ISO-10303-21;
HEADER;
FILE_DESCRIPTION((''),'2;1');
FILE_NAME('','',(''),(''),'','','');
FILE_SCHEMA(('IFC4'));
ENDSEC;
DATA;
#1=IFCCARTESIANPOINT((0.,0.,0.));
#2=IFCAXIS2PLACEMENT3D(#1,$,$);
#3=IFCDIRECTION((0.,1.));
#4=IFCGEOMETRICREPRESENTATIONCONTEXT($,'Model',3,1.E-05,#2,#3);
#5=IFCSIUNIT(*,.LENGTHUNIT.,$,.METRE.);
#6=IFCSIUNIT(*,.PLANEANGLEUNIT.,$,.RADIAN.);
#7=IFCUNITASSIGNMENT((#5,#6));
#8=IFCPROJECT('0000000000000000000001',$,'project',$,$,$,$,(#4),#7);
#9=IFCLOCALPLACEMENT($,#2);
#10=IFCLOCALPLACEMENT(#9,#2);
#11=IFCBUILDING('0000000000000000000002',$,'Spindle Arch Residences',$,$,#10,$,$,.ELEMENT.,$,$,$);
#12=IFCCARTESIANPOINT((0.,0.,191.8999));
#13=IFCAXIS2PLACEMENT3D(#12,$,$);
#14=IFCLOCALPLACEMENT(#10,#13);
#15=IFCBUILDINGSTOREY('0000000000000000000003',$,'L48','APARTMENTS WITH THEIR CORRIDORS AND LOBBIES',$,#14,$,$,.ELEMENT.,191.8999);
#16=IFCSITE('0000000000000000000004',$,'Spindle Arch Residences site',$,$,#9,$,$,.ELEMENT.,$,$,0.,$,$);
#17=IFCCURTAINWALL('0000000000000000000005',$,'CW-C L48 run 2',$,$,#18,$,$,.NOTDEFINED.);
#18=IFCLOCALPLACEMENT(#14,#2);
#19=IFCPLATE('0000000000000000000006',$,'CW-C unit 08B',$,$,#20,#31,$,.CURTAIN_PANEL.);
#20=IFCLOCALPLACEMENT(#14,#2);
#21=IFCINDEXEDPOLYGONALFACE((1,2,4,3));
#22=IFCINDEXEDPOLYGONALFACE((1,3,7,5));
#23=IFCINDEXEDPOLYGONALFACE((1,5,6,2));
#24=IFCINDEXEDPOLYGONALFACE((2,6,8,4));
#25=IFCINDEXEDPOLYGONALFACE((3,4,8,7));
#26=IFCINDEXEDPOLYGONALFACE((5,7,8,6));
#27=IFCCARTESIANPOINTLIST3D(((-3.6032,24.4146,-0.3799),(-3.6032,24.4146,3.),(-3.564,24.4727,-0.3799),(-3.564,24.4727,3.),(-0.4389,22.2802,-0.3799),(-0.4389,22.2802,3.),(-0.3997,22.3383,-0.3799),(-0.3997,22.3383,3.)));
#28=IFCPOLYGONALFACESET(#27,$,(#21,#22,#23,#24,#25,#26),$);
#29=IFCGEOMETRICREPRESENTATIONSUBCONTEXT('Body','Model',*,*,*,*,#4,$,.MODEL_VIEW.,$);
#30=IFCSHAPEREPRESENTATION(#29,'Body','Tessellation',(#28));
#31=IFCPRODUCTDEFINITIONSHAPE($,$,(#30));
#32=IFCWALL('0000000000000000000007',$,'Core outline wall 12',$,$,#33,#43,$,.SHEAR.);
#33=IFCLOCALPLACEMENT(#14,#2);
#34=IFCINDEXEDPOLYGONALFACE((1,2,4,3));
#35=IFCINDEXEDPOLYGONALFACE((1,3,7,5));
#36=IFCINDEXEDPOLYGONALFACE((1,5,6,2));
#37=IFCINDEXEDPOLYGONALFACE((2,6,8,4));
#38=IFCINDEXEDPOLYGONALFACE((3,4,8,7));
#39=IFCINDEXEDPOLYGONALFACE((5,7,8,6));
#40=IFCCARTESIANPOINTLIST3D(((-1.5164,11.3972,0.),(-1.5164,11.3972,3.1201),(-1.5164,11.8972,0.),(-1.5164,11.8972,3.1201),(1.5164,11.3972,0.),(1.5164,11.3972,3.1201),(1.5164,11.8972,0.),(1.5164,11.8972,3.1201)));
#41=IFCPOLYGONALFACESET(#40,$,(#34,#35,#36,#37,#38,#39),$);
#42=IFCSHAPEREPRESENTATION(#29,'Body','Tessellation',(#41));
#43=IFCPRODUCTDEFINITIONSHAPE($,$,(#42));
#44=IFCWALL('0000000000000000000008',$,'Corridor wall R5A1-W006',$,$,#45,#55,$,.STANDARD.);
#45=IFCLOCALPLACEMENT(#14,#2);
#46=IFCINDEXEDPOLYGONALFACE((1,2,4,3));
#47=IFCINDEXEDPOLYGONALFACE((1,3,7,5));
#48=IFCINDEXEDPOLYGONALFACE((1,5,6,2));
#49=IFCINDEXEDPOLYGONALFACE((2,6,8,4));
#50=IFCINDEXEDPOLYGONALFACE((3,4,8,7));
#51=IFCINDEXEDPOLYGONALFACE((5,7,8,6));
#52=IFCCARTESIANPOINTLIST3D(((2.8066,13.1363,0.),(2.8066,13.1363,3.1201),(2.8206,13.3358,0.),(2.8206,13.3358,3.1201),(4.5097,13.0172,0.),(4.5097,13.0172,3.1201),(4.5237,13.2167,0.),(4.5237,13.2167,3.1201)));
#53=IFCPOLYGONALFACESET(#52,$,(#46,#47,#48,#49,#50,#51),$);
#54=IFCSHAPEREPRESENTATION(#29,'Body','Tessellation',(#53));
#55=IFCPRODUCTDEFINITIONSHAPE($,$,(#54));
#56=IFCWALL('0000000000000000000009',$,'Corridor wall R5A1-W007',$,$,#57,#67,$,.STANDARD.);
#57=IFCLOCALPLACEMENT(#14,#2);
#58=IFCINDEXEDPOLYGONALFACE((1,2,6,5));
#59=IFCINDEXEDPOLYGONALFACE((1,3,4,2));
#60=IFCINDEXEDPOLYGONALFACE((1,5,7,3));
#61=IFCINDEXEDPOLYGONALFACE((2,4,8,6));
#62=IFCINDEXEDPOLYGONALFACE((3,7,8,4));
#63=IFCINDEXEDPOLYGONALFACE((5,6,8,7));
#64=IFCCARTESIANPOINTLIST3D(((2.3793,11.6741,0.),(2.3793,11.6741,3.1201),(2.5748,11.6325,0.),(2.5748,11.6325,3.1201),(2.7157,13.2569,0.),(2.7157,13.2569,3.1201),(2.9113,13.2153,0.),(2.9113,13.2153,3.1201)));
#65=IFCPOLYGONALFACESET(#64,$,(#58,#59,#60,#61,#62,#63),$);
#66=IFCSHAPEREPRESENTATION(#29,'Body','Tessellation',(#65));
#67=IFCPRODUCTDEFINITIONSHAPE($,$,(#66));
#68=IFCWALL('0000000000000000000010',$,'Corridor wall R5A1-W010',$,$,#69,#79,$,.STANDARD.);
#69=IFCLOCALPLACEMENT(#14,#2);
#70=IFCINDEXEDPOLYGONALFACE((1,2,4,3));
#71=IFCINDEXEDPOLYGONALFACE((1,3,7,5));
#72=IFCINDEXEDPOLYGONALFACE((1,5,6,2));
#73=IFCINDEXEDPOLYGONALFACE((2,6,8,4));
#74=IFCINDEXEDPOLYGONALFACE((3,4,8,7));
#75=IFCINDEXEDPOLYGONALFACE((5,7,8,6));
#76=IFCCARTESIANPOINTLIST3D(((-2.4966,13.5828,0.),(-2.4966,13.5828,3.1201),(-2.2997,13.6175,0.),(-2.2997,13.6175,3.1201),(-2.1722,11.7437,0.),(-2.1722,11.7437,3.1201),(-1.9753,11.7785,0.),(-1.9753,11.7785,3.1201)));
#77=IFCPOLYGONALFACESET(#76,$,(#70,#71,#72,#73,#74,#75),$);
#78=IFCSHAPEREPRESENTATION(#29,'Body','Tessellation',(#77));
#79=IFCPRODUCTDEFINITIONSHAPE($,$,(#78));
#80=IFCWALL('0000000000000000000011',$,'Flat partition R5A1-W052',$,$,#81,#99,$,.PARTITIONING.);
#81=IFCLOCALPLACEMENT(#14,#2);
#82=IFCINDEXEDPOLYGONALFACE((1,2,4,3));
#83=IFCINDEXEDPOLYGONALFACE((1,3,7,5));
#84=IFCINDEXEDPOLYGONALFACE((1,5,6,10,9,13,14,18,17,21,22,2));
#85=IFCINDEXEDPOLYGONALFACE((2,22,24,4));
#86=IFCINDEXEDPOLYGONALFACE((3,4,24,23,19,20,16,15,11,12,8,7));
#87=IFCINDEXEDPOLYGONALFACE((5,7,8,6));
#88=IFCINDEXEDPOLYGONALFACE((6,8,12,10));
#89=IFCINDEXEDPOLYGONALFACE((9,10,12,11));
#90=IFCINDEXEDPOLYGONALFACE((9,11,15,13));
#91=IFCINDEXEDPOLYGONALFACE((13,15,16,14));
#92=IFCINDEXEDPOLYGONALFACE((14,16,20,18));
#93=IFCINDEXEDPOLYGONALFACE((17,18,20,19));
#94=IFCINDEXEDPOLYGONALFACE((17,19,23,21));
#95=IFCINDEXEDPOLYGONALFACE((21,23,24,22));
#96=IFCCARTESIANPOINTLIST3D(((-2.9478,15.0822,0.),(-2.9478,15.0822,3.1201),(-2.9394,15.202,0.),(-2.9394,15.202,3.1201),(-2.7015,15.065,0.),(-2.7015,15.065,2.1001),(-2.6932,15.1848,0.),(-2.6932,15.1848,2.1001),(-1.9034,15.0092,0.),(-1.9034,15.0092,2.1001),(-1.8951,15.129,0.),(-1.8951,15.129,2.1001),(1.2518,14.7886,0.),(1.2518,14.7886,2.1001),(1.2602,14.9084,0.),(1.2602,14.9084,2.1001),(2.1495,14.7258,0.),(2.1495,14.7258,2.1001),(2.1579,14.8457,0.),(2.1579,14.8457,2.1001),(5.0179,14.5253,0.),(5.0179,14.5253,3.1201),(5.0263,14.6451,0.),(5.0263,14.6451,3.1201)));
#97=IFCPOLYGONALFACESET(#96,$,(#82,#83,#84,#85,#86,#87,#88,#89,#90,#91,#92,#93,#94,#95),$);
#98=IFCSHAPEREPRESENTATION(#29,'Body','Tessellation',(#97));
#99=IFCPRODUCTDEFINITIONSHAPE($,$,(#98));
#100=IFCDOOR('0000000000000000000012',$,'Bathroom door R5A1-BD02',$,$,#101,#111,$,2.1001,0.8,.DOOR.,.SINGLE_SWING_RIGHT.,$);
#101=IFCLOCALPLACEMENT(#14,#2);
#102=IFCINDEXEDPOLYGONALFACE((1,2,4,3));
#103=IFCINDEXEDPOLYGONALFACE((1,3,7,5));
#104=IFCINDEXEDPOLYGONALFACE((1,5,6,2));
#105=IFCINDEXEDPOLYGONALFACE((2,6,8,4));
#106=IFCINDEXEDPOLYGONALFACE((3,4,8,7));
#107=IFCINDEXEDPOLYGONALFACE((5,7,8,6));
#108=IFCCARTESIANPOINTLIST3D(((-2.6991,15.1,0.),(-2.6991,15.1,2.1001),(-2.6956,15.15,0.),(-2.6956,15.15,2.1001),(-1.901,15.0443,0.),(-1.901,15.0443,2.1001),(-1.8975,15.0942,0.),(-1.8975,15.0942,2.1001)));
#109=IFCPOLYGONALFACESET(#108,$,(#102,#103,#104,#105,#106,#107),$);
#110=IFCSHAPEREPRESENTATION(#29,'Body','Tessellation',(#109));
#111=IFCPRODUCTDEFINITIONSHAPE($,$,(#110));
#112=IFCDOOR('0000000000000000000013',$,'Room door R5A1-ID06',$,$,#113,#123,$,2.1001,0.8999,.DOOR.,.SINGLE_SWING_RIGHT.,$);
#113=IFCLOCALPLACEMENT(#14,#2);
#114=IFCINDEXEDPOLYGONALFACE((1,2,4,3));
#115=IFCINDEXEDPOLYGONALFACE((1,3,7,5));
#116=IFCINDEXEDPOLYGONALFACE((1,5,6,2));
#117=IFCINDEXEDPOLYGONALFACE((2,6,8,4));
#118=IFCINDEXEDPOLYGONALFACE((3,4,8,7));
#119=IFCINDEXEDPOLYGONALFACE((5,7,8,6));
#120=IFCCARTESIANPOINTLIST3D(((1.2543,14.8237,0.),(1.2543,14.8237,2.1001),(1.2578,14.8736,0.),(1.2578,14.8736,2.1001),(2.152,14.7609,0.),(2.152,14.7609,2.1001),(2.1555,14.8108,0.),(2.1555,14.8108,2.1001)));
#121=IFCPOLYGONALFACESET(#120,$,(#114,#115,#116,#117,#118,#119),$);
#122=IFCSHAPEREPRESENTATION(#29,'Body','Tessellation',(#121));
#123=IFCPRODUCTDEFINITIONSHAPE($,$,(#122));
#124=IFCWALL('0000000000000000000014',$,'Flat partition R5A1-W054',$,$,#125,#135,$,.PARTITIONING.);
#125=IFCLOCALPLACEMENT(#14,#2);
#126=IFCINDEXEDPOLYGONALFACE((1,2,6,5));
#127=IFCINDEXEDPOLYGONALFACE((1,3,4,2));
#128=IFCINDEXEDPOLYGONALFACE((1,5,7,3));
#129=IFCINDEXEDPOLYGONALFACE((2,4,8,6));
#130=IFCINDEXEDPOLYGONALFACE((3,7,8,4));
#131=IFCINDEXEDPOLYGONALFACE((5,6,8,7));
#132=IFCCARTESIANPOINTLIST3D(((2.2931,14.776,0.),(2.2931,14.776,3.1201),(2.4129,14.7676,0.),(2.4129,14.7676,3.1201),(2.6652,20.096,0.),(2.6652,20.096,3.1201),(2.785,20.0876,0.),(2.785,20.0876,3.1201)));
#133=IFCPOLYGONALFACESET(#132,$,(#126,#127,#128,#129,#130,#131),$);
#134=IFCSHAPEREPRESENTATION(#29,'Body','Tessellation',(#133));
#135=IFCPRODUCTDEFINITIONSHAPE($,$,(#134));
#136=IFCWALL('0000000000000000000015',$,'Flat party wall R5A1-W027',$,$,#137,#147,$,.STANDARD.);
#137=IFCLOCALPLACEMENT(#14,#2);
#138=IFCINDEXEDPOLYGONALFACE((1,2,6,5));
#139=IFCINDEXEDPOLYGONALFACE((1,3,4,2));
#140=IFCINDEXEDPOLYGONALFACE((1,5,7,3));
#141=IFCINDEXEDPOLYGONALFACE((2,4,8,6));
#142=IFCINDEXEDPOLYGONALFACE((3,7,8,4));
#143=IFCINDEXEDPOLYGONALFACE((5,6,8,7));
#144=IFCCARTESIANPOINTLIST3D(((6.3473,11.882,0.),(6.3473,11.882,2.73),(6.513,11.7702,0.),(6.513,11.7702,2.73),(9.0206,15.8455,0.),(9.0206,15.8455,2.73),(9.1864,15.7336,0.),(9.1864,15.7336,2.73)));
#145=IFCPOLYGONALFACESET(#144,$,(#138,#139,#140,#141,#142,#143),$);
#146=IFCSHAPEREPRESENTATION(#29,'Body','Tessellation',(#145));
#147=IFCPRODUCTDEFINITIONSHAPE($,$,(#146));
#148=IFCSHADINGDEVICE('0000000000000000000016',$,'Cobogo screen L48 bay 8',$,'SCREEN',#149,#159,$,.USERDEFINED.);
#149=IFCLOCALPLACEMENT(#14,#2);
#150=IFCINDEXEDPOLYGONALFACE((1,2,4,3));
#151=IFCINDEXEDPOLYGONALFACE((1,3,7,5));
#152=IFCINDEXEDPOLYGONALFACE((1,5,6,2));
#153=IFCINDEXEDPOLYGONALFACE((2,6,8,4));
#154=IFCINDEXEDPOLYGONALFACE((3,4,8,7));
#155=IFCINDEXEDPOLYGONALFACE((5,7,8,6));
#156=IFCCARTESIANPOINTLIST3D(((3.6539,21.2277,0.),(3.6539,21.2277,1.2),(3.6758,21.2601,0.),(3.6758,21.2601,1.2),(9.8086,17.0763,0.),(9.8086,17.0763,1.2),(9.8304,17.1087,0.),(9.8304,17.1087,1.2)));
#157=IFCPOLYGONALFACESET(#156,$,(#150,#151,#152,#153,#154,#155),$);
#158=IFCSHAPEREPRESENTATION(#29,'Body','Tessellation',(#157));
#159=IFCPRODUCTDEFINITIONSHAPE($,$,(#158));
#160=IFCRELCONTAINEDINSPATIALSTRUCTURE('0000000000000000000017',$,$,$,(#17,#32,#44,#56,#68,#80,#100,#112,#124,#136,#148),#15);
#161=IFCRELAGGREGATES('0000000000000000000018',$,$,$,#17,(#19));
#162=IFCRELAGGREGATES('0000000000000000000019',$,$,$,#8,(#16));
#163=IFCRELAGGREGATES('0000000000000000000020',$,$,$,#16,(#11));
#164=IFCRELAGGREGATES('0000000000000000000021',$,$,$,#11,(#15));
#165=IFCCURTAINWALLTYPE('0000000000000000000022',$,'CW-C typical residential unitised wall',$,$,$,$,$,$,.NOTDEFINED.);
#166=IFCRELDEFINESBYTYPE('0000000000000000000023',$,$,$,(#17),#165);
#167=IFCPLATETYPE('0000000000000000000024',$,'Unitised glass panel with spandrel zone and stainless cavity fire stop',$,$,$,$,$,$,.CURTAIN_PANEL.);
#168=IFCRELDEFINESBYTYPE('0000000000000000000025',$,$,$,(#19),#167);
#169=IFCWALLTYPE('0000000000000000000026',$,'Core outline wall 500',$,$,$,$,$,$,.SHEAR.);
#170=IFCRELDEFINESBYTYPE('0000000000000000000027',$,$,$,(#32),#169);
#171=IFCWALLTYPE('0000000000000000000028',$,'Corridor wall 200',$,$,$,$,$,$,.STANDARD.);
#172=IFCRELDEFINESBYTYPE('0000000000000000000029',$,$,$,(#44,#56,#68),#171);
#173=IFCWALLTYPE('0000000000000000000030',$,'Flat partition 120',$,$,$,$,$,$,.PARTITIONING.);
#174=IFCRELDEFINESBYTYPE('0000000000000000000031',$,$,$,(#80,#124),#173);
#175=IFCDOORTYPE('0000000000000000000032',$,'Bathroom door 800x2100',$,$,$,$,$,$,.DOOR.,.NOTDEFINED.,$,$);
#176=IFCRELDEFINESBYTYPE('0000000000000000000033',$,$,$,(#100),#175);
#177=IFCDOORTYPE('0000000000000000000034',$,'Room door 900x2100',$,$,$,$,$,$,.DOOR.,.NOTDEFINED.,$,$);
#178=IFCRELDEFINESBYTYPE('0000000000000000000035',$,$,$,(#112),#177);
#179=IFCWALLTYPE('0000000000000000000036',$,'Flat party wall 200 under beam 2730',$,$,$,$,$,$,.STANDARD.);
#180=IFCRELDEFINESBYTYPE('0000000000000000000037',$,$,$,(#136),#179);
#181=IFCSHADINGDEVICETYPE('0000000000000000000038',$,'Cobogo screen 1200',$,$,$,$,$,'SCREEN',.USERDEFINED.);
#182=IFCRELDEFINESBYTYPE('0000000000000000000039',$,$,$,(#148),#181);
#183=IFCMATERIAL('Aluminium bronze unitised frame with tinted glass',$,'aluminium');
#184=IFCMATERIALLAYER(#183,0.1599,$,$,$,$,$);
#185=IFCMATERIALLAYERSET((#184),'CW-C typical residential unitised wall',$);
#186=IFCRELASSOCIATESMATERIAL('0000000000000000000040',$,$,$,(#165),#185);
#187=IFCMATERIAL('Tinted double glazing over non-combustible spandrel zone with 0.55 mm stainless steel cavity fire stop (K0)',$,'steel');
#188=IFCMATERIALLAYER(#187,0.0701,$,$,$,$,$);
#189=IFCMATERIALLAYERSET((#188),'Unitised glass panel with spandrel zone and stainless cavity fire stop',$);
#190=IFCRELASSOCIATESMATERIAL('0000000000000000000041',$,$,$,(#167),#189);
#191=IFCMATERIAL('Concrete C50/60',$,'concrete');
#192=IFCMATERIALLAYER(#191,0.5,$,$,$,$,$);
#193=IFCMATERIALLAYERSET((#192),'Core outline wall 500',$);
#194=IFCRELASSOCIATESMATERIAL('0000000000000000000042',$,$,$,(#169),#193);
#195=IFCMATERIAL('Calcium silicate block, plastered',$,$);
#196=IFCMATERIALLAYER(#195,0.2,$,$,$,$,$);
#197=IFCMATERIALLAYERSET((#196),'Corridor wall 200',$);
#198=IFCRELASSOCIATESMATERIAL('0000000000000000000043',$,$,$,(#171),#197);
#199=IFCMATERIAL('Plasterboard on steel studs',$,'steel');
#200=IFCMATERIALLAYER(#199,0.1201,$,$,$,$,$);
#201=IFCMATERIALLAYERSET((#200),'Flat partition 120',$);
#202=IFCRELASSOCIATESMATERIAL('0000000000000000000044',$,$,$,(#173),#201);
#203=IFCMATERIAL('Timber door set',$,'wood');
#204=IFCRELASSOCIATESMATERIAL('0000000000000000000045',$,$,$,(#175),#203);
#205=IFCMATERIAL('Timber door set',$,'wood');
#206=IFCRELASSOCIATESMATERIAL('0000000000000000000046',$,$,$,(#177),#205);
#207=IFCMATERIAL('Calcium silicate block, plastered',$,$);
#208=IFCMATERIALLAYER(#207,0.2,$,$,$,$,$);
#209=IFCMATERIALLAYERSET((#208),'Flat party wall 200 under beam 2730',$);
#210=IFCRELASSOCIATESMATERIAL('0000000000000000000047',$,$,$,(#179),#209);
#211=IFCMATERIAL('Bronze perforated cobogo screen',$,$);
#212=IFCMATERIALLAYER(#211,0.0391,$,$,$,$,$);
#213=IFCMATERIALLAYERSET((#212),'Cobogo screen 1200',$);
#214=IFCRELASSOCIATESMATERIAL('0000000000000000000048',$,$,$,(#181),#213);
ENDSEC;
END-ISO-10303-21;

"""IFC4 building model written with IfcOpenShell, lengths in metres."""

from ifc_helpers import new_model, si_unit, direction, frame, frame_2d, origin, origin_2d, place, context, subcontext, project, spatial, rectangle, extrude, material, layer, layer_set, type_object, element, fill, aggregate, save


model = new_model("IFC4")

# Units and contexts
model_context = context("Model", 3, precision=1e-05, world=origin(), true_north=direction((0.0, 1.0)))
body_context = subcontext(model_context, "Body", "Model", "MODEL_VIEW")
ifc_project = project(units=[si_unit("LENGTHUNIT", "METRE"), si_unit("PLANEANGLEUNIT", "RADIAN")], contexts=[model_context])

# Site, building, storey
site_placement = place(None, origin())
site = spatial("IfcSite", under=ifc_project, at=site_placement, Name="Spindle Arch Residences site", CompositionType="ELEMENT", RefElevation=0.0)
building_placement = place(site_placement, origin())
building = spatial("IfcBuilding", under=site, at=building_placement, Name="Spindle Arch Residences", CompositionType="ELEMENT")
storey_placement = place(building_placement, frame((0.0, 0.0, 191.8999)))
storey = spatial("IfcBuildingStorey", under=building, at=storey_placement, Name="L48", Description="APARTMENTS WITH THEIR CORRIDORS AND LOBBIES", CompositionType="ELEMENT", Elevation=191.8999)

# Curtain wall
ifc_material_1 = material(Name="Aluminium bronze unitised frame with tinted glass", Category="aluminium")
ifc_layer_1 = layer(ifc_material_1, 0.1599)
ifc_layer_set_1 = layer_set([ifc_layer_1], Name="CW-C typical residential unitised wall")
curtain_wall_type = type_object("IfcCurtainWallType", Name="CW-C typical residential unitised wall", PredefinedType="NOTDEFINED", material=ifc_layer_set_1)
curtain_wall_placement = place(storey_placement, origin())
curtain_wall = element("IfcCurtainWall", 1, at=curtain_wall_placement, inside=storey, type_object=curtain_wall_type, Name="CW-C L48 run 2", PredefinedType="NOTDEFINED")

# Plate
ifc_material_2 = material(Name="Tinted double glazing over non-combustible spandrel zone with 0.55 mm stainless steel cavity fire stop (K0)", Category="steel")
ifc_layer_2 = layer(ifc_material_2, 0.0701)
ifc_layer_set_2 = layer_set([ifc_layer_2], Name="Unitised glass panel with spandrel zone and stainless cavity fire stop")
plate_type = type_object("IfcPlateType", Name="Unitised glass panel with spandrel zone and stainless cavity fire stop", PredefinedType="CURTAIN_PANEL", material=ifc_layer_set_2)
plate_1_placement = place(storey_placement, frame((-2.0015, 23.3765, -0.3799), z_axis=(0.0, 0.0, 1.0), x_axis=(-0.829038, 0.559193, 0.0)))
plate_1 = element("IfcPlate", 2, at=plate_1_placement, type_object=plate_type, Name="CW-C unit 08B", PredefinedType="CURTAIN_PANEL", context=body_context, shape_type="SweptSolid", body=[
    extrude(rectangle(XDim=3.8169, YDim=0.0701, at=origin_2d()), origin(), (0.0, 0.0, 1.0), 3.3799),
])
aggregate(curtain_wall, [plate_1])

# Walls
ifc_material_3 = material(Name="Concrete C50/60", Category="concrete")
ifc_layer_3 = layer(ifc_material_3, 0.5)
ifc_layer_set_3 = layer_set([ifc_layer_3], Name="Core outline wall 500")
wall_type_1 = type_object("IfcWallType", Name="Core outline wall 500", PredefinedType="SHEAR", material=ifc_layer_set_3)
wall_1_placement = place(storey_placement, frame((1.5164, 11.6472, 0.0), z_axis=(0.0, 0.0, 1.0), x_axis=(-1.0, 0.0, 0.0)))
element("IfcWall", 3, at=wall_1_placement, inside=storey, type_object=wall_type_1, Name="Core outline wall 12", PredefinedType="SHEAR", context=body_context, shape_type="SweptSolid", body=[
    extrude(rectangle(XDim=3.0327, YDim=0.5, at=frame_2d((1.5164, 0.0))), origin(), (0.0, 0.0, 1.0), 3.1201),
])
ifc_material_4 = material(Name="Calcium silicate block, plastered")
ifc_layer_4 = layer(ifc_material_4, 0.2)
ifc_layer_set_4 = layer_set([ifc_layer_4], Name="Corridor wall 200")
wall_type_2 = type_object("IfcWallType", Name="Corridor wall 200", PredefinedType="STANDARD", material=ifc_layer_set_4)
wall_2_placement = place(storey_placement, frame((4.5166, 13.1169, 0.0), z_axis=(0.0, 0.0, 1.0), x_axis=(-0.997562, 0.069784, 0.0)))
element("IfcWall", 4, at=wall_2_placement, inside=storey, type_object=wall_type_2, Name="Corridor wall R5A1-W006", PredefinedType="STANDARD", context=body_context, shape_type="SweptSolid", body=[
    extrude(rectangle(XDim=1.7073, YDim=0.2, at=frame_2d((0.8535, 0.0))), origin(), (0.0, 0.0, 1.0), 3.1201),
])
wall_3_placement = place(storey_placement, frame((2.8135, 13.2361, 0.0), z_axis=(0.0, 0.0, 1.0), x_axis=(-0.207911, -0.978148, 0.0)))
element("IfcWall", 5, at=wall_3_placement, inside=storey, type_object=wall_type_2, Name="Corridor wall R5A1-W007", PredefinedType="STANDARD", context=body_context, shape_type="SweptSolid", body=[
    extrude(rectangle(XDim=1.6182, YDim=0.2, at=frame_2d((0.8091, 0.0))), origin(), (0.0, 0.0, 1.0), 3.1201),
])
wall_4_placement = place(storey_placement, frame((-2.0737, 11.7612, 0.0), z_axis=(0.0, 0.0, 1.0), x_axis=(-0.173741, 0.984791, 0.0)))
element("IfcWall", 6, at=wall_4_placement, inside=storey, type_object=wall_type_2, Name="Corridor wall R5A1-W010", PredefinedType="STANDARD", context=body_context, shape_type="SweptSolid", body=[
    extrude(rectangle(XDim=1.8674, YDim=0.2, at=frame_2d((0.9336, 0.0))), origin(), (0.0, 0.0, 1.0), 3.1201),
])

# Wall, openings, doors
ifc_material_5 = material(Name="Plasterboard on steel studs", Category="steel")
ifc_layer_5 = layer(ifc_material_5, 0.1201)
ifc_layer_set_5 = layer_set([ifc_layer_5], Name="Flat partition 120")
wall_type_3 = type_object("IfcWallType", Name="Flat partition 120", PredefinedType="PARTITIONING", material=ifc_layer_set_5)
wall_5_placement = place(storey_placement, frame((5.0222, 14.5852, 0.0), z_axis=(0.0, 0.0, 1.0), x_axis=(-0.997565, 0.069741, 0.0)))
wall_5 = element("IfcWall", 7, at=wall_5_placement, inside=storey, type_object=wall_type_3, Name="Flat partition R5A1-W052", PredefinedType="PARTITIONING", context=body_context, shape_type="SweptSolid", body=[
    extrude(rectangle(XDim=7.9851, YDim=0.1201, at=frame_2d((3.9927, 0.0))), origin(), (0.0, 0.0, 1.0), 3.1201),
])
opening_1_placement = place(wall_5_placement, frame((2.8755, 0.0, 0.0)))
opening_1 = element("IfcOpeningElement", 8, at=opening_1_placement, cuts=wall_5, PredefinedType="OPENING", context=body_context, shape_type="SweptSolid", body=[
    extrude(rectangle(XDim=0.8999, YDim=2.1001, at=frame_2d((0.45, 1.05))), frame((0.0, 0.0701, 0.0), z_axis=(0.0, -1.0, 0.0), x_axis=(1.0, 0.0, 0.0)), (0.0, 0.0, 1.0), 0.1401),
])
opening_2_placement = place(wall_5_placement, frame((6.9385, 0.0, 0.0)))
opening_2 = element("IfcOpeningElement", 9, at=opening_2_placement, cuts=wall_5, PredefinedType="OPENING", context=body_context, shape_type="SweptSolid", body=[
    extrude(rectangle(XDim=0.8, YDim=2.1001, at=frame_2d((0.3999, 1.05))), frame((0.0, 0.0701, 0.0), z_axis=(0.0, -1.0, 0.0), x_axis=(1.0, 0.0, 0.0)), (0.0, 0.0, 1.0), 0.1401),
])
ifc_material_6 = material(Name="Timber door set", Category="wood")
door_type_1 = type_object("IfcDoorType", Name="Bathroom door 800x2100", OperationType="NOTDEFINED", PredefinedType="DOOR", material=ifc_material_6)
door_1_placement = place(opening_2_placement, origin())
door_1 = element("IfcDoor", 10, at=door_1_placement, inside=storey, type_object=door_type_1, Name="Bathroom door R5A1-BD02", OperationType="SINGLE_SWING_RIGHT", OverallHeight=2.1001, OverallWidth=0.8, PredefinedType="DOOR", context=body_context, shape_type="SweptSolid", body=[
    extrude(rectangle(XDim=0.8, YDim=2.1001, at=frame_2d((0.3999, 1.05))), frame((0.0, 0.0249, 0.0), z_axis=(0.0, -1.0, 0.0), x_axis=(1.0, 0.0, 0.0)), (0.0, 0.0, 1.0), 0.05),
])
fill(opening_2, door_1)
ifc_material_7 = material(Name="Timber door set", Category="wood")
door_type_2 = type_object("IfcDoorType", Name="Room door 900x2100", OperationType="NOTDEFINED", PredefinedType="DOOR", material=ifc_material_7)
door_2_placement = place(opening_1_placement, origin())
door_2 = element("IfcDoor", 11, at=door_2_placement, inside=storey, type_object=door_type_2, Name="Room door R5A1-ID06", OperationType="SINGLE_SWING_RIGHT", OverallHeight=2.1001, OverallWidth=0.8999, PredefinedType="DOOR", context=body_context, shape_type="SweptSolid", body=[
    extrude(rectangle(XDim=0.8999, YDim=2.1001, at=frame_2d((0.45, 1.05))), frame((0.0, 0.0249, 0.0), z_axis=(0.0, -1.0, 0.0), x_axis=(1.0, 0.0, 0.0)), (0.0, 0.0, 1.0), 0.05),
])
fill(opening_1, door_2)

# Walls
wall_6_placement = place(storey_placement, frame((2.7251, 20.0918, 0.0), z_axis=(0.0, 0.0, 1.0), x_axis=(-0.069767, -0.997563, 0.0)))
element("IfcWall", 12, at=wall_6_placement, inside=storey, type_object=wall_type_3, Name="Flat partition R5A1-W054", PredefinedType="PARTITIONING", context=body_context, shape_type="SweptSolid", body=[
    extrude(rectangle(XDim=5.333, YDim=0.1201, at=frame_2d((2.6665, 0.0))), origin(), (0.0, 0.0, 1.0), 3.1201),
])
ifc_material_8 = material(Name="Calcium silicate block, plastered")
ifc_layer_6 = layer(ifc_material_8, 0.2)
ifc_layer_set_6 = layer_set([ifc_layer_6], Name="Flat party wall 200 under beam 2730")
wall_type_4 = type_object("IfcWallType", Name="Flat party wall 200 under beam 2730", PredefinedType="STANDARD", material=ifc_layer_set_6)
wall_7_placement = place(storey_placement, frame((9.1035, 15.7896, 0.0), z_axis=(0.0, 0.0, 1.0), x_axis=(-0.559194, -0.829037, 0.0)))
element("IfcWall", 13, at=wall_7_placement, inside=storey, type_object=wall_type_4, Name="Flat party wall R5A1-W027", PredefinedType="STANDARD", context=body_context, shape_type="SweptSolid", body=[
    extrude(rectangle(XDim=4.7808, YDim=0.2, at=frame_2d((2.3904, 0.0))), origin(), (0.0, 0.0, 1.0), 2.73),
])

# Shading device
ifc_material_9 = material(Name="Bronze perforated cobogo screen")
ifc_layer_7 = layer(ifc_material_9, 0.0391)
ifc_layer_set_7 = layer_set([ifc_layer_7], Name="Cobogo screen 1200")
shading_device_type = type_object("IfcShadingDeviceType", Name="Cobogo screen 1200", ElementType="SCREEN", PredefinedType="USERDEFINED", material=ifc_layer_set_7)
shading_device_placement = place(storey_placement, frame((6.7422, 19.1682, 0.0), z_axis=(0.0, 0.0, 1.0), x_axis=(-0.829038, 0.559193, 0.0)))
element("IfcShadingDevice", 14, at=shading_device_placement, inside=storey, type_object=shading_device_type, Name="Cobogo screen L48 bay 8", ObjectType="SCREEN", PredefinedType="USERDEFINED", context=body_context, shape_type="SweptSolid", body=[
    extrude(rectangle(XDim=7.4238, YDim=0.0391, at=origin_2d()), origin(), (0.0, 0.0, 1.0), 1.2),
])

save(model, "model.ifc")
